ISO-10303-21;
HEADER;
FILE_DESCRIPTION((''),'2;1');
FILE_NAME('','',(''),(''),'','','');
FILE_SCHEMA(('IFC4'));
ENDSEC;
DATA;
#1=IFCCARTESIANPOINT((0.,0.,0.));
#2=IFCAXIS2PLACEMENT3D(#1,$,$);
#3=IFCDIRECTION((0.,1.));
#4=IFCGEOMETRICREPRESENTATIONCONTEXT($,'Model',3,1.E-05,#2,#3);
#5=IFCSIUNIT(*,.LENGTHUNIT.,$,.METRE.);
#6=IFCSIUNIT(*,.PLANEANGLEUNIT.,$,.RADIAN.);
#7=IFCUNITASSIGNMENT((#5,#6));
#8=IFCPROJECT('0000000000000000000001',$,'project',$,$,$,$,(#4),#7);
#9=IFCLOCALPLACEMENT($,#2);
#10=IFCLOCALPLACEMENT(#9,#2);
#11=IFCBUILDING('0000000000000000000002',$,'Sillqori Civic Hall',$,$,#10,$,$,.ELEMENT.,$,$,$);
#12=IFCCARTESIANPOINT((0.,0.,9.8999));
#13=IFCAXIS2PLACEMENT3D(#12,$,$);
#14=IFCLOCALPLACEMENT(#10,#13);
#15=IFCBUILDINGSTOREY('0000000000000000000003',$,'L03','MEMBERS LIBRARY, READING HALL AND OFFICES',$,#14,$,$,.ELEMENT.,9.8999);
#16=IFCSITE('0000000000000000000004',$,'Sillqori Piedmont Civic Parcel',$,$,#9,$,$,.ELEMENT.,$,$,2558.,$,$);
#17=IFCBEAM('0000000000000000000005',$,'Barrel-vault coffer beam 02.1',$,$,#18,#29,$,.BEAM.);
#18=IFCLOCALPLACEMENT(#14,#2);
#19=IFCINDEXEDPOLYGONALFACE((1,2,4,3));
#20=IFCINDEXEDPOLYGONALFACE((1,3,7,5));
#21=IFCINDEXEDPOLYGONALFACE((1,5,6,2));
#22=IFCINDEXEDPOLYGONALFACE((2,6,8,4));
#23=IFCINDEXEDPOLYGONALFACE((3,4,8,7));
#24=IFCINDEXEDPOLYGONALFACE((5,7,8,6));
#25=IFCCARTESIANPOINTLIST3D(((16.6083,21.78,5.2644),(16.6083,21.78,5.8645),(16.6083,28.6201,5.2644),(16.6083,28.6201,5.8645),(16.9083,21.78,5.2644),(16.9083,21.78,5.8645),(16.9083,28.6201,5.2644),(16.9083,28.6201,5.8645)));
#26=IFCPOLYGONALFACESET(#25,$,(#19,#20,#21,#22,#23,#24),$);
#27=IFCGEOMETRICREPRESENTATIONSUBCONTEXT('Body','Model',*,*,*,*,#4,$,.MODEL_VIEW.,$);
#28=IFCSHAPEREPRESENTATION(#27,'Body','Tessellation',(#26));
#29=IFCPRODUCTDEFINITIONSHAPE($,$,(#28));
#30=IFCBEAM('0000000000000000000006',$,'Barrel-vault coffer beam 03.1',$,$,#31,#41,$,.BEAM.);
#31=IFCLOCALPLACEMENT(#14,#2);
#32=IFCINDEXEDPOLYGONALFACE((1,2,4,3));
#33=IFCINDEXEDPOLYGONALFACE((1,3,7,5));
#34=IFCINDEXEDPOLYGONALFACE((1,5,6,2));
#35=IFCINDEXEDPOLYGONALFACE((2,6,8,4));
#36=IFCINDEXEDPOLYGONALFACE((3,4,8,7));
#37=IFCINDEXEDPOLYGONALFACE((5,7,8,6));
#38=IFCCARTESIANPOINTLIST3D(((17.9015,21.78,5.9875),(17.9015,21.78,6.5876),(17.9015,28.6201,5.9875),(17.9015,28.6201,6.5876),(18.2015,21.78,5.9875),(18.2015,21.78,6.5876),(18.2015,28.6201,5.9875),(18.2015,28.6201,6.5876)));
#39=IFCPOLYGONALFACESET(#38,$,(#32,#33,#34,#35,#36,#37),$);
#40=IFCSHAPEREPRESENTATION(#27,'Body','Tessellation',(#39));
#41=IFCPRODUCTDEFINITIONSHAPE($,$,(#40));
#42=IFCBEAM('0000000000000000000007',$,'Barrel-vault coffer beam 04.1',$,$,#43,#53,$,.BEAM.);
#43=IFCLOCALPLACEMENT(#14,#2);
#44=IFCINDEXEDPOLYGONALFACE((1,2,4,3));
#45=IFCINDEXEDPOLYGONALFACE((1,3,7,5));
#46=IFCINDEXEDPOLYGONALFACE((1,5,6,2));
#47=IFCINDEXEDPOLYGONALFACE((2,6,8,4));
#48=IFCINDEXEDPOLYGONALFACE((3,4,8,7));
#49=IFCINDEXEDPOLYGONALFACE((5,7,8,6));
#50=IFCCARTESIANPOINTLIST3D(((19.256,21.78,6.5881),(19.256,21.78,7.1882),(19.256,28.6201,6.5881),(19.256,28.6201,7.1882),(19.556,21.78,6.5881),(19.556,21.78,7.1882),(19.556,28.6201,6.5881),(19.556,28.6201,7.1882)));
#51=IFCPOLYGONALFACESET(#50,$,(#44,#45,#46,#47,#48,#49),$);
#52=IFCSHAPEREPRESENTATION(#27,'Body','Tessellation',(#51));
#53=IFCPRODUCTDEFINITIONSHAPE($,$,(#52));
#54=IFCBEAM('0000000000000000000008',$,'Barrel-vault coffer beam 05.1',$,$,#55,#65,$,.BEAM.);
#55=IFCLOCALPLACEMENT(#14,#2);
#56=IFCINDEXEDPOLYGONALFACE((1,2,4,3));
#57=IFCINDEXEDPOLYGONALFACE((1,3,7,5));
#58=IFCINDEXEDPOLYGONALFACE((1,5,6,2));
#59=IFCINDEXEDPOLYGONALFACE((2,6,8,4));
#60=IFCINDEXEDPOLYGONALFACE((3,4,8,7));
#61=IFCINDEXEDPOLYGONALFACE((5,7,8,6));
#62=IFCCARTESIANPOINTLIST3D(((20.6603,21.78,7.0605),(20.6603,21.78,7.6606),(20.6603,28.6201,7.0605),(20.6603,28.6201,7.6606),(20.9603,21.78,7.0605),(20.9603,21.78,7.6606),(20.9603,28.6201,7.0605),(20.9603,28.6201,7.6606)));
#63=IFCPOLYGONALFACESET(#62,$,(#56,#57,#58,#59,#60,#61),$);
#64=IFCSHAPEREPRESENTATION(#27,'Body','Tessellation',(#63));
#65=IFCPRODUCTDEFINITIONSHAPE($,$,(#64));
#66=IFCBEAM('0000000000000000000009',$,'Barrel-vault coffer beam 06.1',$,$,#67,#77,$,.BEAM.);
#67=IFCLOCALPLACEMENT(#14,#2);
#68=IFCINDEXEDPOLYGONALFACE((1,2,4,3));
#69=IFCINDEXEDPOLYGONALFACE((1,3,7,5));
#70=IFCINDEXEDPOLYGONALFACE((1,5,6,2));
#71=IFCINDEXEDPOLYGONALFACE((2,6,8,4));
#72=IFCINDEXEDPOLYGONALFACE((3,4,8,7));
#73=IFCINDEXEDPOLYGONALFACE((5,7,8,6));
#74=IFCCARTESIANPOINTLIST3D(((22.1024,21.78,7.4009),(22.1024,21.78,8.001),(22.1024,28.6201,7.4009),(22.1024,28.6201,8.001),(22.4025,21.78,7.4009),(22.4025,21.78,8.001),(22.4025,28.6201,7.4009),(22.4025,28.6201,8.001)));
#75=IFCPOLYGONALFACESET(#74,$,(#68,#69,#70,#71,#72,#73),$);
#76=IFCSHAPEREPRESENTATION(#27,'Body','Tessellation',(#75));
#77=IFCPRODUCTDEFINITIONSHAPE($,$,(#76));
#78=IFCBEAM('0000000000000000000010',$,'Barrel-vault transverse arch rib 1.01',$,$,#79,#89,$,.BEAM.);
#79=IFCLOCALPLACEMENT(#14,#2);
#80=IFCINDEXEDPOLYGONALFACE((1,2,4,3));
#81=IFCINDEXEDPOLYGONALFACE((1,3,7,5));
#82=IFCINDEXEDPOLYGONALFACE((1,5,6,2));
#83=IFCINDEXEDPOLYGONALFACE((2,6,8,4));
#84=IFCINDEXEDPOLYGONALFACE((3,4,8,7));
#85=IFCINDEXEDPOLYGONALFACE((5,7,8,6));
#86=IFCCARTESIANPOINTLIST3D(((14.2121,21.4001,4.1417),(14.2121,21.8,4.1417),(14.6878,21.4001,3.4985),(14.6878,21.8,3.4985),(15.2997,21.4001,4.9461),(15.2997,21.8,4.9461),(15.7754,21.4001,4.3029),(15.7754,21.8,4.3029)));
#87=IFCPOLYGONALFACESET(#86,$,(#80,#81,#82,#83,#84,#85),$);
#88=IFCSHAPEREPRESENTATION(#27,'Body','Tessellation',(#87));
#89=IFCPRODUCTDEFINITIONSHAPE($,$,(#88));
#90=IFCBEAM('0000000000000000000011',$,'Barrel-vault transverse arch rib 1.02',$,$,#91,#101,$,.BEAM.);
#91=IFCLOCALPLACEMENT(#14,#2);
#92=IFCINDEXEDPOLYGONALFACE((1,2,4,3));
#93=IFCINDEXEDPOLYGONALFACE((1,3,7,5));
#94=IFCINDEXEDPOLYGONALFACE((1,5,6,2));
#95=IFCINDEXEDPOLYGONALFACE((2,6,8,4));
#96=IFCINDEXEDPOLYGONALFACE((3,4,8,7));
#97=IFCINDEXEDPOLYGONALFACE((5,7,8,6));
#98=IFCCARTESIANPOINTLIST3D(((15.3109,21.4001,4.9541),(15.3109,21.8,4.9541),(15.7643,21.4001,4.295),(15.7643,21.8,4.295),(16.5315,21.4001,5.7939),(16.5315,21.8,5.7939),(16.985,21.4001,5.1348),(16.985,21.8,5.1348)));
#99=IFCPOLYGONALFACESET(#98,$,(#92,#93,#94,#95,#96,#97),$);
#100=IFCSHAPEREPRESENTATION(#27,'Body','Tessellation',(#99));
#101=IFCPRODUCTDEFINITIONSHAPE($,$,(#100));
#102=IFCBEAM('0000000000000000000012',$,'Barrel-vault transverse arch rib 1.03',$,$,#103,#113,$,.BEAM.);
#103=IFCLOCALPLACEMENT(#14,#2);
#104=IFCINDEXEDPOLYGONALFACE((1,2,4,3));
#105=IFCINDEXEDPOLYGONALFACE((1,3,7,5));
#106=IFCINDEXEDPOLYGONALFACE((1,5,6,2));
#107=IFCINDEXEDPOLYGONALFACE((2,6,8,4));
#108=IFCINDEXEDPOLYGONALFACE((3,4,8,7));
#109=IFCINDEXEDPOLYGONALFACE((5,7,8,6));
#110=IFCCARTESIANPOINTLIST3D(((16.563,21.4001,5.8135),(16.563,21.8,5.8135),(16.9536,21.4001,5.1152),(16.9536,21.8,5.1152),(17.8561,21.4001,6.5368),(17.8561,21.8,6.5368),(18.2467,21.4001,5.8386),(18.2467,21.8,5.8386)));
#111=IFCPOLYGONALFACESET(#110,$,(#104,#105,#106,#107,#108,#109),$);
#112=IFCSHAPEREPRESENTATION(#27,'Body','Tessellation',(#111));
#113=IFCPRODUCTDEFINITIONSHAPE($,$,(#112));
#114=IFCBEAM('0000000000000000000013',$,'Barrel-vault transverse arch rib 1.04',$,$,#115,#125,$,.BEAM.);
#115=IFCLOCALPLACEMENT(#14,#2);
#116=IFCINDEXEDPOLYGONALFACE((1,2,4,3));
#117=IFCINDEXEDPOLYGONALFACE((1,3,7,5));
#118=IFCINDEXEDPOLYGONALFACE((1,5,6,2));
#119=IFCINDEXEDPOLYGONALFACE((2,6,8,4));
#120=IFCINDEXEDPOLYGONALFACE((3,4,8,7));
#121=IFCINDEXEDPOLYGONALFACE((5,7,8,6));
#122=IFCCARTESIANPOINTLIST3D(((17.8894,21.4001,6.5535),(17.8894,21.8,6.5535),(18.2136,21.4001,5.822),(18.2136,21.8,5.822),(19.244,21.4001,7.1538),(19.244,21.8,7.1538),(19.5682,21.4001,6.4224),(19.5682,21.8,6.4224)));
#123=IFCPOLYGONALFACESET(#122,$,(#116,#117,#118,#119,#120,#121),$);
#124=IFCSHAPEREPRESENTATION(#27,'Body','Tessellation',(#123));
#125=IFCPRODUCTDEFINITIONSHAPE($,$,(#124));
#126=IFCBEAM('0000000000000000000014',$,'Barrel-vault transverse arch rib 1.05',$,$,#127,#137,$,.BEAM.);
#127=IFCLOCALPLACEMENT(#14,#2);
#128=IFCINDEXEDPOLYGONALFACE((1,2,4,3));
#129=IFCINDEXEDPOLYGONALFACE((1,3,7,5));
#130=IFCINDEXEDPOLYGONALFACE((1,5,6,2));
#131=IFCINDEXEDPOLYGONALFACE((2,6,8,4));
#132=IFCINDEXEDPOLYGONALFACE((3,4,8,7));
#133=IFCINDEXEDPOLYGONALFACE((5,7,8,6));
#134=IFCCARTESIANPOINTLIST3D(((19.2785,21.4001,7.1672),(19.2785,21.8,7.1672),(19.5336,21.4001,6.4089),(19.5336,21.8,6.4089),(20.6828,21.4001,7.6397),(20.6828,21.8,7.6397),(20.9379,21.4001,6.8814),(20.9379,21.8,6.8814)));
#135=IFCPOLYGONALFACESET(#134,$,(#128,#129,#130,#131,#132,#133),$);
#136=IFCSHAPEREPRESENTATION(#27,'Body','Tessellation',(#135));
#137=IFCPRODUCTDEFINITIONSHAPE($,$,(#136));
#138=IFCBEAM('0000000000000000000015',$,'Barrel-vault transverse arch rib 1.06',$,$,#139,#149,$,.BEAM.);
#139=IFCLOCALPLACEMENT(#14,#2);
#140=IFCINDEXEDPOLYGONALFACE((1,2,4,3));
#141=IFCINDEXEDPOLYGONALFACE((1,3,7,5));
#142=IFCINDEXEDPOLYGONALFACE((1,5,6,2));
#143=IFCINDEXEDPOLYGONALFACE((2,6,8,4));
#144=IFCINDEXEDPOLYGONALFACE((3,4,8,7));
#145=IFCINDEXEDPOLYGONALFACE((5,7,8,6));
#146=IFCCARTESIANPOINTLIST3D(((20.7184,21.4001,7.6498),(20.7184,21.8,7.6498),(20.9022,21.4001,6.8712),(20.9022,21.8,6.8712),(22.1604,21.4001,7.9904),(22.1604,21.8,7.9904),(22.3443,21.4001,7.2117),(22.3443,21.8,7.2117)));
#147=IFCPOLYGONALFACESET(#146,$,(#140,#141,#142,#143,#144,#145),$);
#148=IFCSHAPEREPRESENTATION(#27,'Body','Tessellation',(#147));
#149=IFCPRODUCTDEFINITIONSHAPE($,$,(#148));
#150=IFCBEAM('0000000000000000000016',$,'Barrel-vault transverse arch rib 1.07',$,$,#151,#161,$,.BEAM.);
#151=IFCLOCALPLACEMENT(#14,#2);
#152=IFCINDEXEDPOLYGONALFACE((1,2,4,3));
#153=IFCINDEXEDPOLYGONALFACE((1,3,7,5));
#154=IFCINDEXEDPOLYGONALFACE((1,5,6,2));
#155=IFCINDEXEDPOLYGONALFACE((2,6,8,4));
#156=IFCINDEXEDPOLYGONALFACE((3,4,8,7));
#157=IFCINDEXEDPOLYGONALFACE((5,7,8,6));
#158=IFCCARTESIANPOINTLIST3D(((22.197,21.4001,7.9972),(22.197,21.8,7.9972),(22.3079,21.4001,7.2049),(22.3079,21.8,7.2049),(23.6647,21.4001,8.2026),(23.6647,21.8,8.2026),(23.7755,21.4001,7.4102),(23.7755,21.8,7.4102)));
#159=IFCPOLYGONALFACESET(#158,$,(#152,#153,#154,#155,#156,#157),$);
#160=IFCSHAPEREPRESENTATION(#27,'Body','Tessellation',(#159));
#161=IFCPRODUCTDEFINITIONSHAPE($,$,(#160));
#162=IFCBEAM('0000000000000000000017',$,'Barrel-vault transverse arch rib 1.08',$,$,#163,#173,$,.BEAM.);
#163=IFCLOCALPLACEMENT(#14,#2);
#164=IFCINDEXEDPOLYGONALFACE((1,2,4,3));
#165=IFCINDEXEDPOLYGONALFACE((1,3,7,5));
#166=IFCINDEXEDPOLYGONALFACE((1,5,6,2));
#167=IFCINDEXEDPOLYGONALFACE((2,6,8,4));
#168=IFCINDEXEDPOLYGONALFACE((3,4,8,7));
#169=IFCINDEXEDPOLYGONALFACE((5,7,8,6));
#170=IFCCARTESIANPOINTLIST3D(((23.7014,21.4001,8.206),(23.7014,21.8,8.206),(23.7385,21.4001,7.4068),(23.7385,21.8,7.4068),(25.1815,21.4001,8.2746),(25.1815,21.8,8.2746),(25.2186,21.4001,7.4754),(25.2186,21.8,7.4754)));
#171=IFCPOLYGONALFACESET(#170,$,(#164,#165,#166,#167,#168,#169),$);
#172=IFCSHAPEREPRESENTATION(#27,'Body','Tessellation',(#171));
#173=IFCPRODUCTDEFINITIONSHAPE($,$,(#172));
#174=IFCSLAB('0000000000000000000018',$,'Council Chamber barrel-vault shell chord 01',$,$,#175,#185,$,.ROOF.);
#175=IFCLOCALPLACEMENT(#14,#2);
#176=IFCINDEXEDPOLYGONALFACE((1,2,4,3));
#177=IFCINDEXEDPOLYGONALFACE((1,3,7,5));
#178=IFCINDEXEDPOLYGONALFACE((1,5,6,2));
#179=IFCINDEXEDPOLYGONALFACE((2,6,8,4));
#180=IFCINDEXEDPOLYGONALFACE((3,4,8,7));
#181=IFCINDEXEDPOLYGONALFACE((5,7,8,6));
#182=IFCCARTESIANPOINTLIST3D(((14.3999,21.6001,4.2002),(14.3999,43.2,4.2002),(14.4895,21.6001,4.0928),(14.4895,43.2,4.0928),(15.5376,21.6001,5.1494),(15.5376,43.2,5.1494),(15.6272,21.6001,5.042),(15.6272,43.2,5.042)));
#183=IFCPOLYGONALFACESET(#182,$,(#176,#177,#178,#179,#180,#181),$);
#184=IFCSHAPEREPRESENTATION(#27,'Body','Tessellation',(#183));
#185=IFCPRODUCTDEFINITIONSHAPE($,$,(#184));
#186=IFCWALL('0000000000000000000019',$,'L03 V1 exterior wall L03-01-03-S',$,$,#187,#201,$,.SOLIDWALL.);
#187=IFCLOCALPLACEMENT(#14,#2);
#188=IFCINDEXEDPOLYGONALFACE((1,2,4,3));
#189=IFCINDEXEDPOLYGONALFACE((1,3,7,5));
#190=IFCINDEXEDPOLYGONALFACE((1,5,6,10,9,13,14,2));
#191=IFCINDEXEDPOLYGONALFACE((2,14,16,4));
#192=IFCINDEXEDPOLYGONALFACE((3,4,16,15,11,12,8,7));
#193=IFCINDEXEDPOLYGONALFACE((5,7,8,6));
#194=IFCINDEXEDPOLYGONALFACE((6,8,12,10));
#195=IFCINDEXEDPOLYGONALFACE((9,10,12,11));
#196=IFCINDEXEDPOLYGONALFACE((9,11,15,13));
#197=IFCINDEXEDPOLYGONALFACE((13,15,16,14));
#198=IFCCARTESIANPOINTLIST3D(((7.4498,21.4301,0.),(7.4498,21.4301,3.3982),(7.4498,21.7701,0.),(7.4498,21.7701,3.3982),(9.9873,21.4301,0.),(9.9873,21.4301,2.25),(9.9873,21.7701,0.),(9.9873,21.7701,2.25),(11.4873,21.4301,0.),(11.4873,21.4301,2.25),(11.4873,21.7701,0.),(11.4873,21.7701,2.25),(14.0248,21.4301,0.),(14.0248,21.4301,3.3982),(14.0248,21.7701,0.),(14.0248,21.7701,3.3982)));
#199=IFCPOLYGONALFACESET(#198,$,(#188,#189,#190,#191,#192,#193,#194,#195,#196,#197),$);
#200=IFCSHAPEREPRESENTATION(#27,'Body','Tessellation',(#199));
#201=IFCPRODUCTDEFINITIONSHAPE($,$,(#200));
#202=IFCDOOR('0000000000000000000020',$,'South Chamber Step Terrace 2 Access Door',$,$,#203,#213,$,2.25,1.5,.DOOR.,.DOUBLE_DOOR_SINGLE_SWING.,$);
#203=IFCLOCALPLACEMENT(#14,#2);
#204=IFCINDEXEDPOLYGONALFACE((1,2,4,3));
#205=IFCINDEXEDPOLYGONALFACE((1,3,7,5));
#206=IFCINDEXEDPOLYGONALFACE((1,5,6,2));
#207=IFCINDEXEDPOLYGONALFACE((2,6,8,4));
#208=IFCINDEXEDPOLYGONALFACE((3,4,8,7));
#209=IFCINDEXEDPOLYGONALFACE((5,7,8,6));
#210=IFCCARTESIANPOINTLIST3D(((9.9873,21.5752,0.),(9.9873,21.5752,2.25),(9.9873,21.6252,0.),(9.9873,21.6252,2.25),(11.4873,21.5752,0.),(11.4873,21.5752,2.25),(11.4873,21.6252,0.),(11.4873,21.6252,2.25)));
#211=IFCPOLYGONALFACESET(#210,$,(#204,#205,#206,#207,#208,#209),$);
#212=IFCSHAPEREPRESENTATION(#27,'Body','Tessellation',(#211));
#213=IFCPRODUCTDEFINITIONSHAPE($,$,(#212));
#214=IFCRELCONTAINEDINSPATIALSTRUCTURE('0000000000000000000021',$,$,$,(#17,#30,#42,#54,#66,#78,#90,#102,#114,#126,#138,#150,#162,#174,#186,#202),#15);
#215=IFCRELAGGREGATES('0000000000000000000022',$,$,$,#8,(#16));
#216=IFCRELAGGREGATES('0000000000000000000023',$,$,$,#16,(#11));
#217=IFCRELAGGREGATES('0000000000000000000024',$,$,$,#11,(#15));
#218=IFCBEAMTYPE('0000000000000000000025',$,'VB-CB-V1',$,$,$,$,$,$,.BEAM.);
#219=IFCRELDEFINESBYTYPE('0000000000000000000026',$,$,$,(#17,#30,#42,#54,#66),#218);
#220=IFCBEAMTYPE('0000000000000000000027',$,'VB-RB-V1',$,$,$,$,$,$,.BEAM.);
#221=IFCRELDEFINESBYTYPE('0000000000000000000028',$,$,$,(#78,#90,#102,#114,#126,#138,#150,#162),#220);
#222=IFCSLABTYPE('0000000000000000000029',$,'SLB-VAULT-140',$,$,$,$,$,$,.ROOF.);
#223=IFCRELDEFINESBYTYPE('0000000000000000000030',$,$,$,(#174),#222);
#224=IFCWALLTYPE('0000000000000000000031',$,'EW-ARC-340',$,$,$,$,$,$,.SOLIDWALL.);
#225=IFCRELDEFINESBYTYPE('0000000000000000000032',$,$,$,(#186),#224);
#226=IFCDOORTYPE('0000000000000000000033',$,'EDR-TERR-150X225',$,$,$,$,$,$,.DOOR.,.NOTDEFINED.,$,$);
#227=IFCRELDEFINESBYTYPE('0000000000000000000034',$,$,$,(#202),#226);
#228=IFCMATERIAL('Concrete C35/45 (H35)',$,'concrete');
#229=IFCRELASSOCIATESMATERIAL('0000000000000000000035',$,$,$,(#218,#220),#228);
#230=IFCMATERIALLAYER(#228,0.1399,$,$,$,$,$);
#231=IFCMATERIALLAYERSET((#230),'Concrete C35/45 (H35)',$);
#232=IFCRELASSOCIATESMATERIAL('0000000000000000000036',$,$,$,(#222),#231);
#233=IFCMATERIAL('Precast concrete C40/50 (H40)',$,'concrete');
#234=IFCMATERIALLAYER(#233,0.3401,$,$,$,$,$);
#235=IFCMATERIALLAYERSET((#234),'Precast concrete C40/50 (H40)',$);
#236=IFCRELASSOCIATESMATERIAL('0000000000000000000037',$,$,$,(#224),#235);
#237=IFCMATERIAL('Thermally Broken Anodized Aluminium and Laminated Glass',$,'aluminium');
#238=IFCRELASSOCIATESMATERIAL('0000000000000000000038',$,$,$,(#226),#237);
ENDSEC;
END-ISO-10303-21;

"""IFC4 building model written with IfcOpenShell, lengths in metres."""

from ifc_helpers import new_model, si_unit, direction, frame, frame_2d, origin, origin_2d, place, context, subcontext, project, spatial, polyline, rectangle, outline, extrude, material, layer, layer_set, material_profile, profile_set, type_object, element, fill, save


model = new_model("IFC4")

# Units and contexts
model_context = context("Model", 3, precision=1e-05, world=origin(), true_north=direction((0.0, 1.0)))
body_context = subcontext(model_context, "Body", "Model", "MODEL_VIEW")
ifc_project = project(units=[si_unit("LENGTHUNIT", "METRE"), si_unit("PLANEANGLEUNIT", "RADIAN")], contexts=[model_context])

# Site, building, storey
site_placement = place(None, origin())
site = spatial("IfcSite", under=ifc_project, at=site_placement, Name="Sillqori Piedmont Civic Parcel", CompositionType="ELEMENT", RefElevation=2558.0)
building_placement = place(site_placement, origin())
building = spatial("IfcBuilding", under=site, at=building_placement, Name="Sillqori Civic Hall", CompositionType="ELEMENT")
storey_placement = place(building_placement, frame((0.0, 0.0, 9.8999)))
storey = spatial("IfcBuildingStorey", under=building, at=storey_placement, Name="L03", Description="MEMBERS LIBRARY, READING HALL AND OFFICES", CompositionType="ELEMENT", Elevation=9.8999)

# Shared definitions
ifc_material_1 = material(Name="Concrete C35/45 (H35)", Category="concrete")

# Beams
ifc_material_profile_1 = material_profile(ifc_material_1, rectangle(XDim=0.3, YDim=0.6001, at=origin_2d()), Name="RC 300x600")
ifc_profile_set_1 = profile_set([ifc_material_profile_1], Name="Concrete C35/45 (H35)")
beam_type_1 = type_object("IfcBeamType", Name="VB-CB-V1", PredefinedType="BEAM", material=ifc_profile_set_1)
for number, where, z_axis, x_axis, name in (
    (1, (16.7583, 21.78, 5.5645), (0.0, 1.0, 0.0), (-1.0, 0.0, 0.0), "Barrel-vault coffer beam 02.1"),
    (2, (18.0515, 21.78, 6.2876), (0.0, 1.0, 0.0), (-1.0, 0.0, 0.0), "Barrel-vault coffer beam 03.1"),
    (3, (19.406, 21.78, 6.8882), (0.0, 1.0, 0.0), (-1.0, 0.0, 0.0), "Barrel-vault coffer beam 04.1"),
    (4, (20.8103, 21.78, 7.3606), (0.0, 1.0, 0.0), (-1.0, 0.0, 0.0), "Barrel-vault coffer beam 05.1"),
    (5, (22.2524, 21.78, 7.7009), (0.0, 1.0, 0.0), (-1.0, 0.0, 0.0), "Barrel-vault coffer beam 06.1"),
):
    element("IfcBeam", number, at=place(storey_placement, frame(where, z_axis=z_axis, x_axis=x_axis)), inside=storey, type_object=beam_type_1, Name=name, PredefinedType="BEAM", context=body_context, shape_type="SweptSolid", body=[
        extrude(rectangle(XDim=0.3, YDim=0.6001, at=origin_2d()), origin(), (0.0, 0.0, 1.0), 6.8401),
    ])
ifc_material_profile_2 = material_profile(ifc_material_1, rectangle(XDim=0.3999, YDim=0.8, at=origin_2d()), Name="RC 400x800")
ifc_profile_set_2 = profile_set([ifc_material_profile_2], Name="Concrete C35/45 (H35)")
beam_type_2 = type_object("IfcBeamType", Name="VB-RB-V1", PredefinedType="BEAM", material=ifc_profile_set_2)
beam_1_placement = place(storey_placement, frame((14.45, 21.6001, 3.8201), z_axis=(0.803989, 0.0, 0.594645), x_axis=(0.0, 1.0, 0.0)))
element("IfcBeam", 6, at=beam_1_placement, inside=storey, type_object=beam_type_2, Name="Barrel-vault transverse arch rib 1.01", PredefinedType="BEAM", context=body_context, shape_type="SweptSolid", body=[
    extrude(rectangle(XDim=0.3999, YDim=0.8, at=origin_2d()), origin(), (0.0, 0.0, 1.0), 1.3528),
])
for number, where, z_axis, x_axis, name in (
    (7, (15.5376, 21.6001, 4.6245), (0.82385, 0.0, 0.566809), (0.0, 1.0, 0.0), "Barrel-vault transverse arch rib 1.02"),
    (8, (16.7583, 21.6001, 5.4644), (0.872739, 0.0, 0.488187), (0.0, 1.0, 0.0), "Barrel-vault transverse arch rib 1.03"),
    (9, (18.0515, 21.6001, 6.1877), (0.914226, 0.0, 0.405206), (0.0, 1.0, 0.0), "Barrel-vault transverse arch rib 1.04"),
    (10, (19.406, 21.6001, 6.7881), (0.947806, 0.0, 0.318847), (0.0, 1.0, 0.0), "Barrel-vault transverse arch rib 1.05"),
    (11, (20.8103, 21.6001, 7.2605), (0.973229, 0.0, 0.229838), (0.0, 1.0, 0.0), "Barrel-vault transverse arch rib 1.06"),
):
    element("IfcBeam", number, at=place(storey_placement, frame(where, z_axis=z_axis, x_axis=x_axis)), inside=storey, type_object=beam_type_2, Name=name, PredefinedType="BEAM", context=body_context, shape_type="SweptSolid", body=[
        extrude(rectangle(XDim=0.3999, YDim=0.8, at=origin_2d()), origin(), (0.0, 0.0, 1.0), 1.4817),
    ])
beam_2_placement = place(storey_placement, frame((22.2524, 21.6001, 7.6011), z_axis=(0.990354, 0.0, 0.138561), x_axis=(0.0, 1.0, 0.0)))
element("IfcBeam", 12, at=beam_2_placement, inside=storey, type_object=beam_type_2, Name="Barrel-vault transverse arch rib 1.07", PredefinedType="BEAM", context=body_context, shape_type="SweptSolid", body=[
    extrude(rectangle(XDim=0.3999, YDim=0.8, at=origin_2d()), origin(), (0.0, 0.0, 1.0), 1.4819),
])
beam_3_placement = place(storey_placement, frame((23.72, 21.6001, 7.8064), z_axis=(0.998927, 0.0, 0.046305), x_axis=(0.0, 1.0, 0.0)))
element("IfcBeam", 13, at=beam_3_placement, inside=storey, type_object=beam_type_2, Name="Barrel-vault transverse arch rib 1.08", PredefinedType="BEAM", context=body_context, shape_type="SweptSolid", body=[
    extrude(rectangle(XDim=0.3999, YDim=0.8, at=origin_2d()), origin(), (0.0, 0.0, 1.0), 1.4817),
])

# Slab
ifc_layer_1 = layer(ifc_material_1, 0.1399)
ifc_layer_set_1 = layer_set([ifc_layer_1], Name="Concrete C35/45 (H35)")
slab_type = type_object("IfcSlabType", Name="SLB-VAULT-140", PredefinedType="ROOF", material=ifc_layer_set_1)
slab_placement = place(storey_placement, frame((14.3999, 21.6001, 4.2002), z_axis=(-0.640638, 0.0, 0.767843), x_axis=(0.767843, 0.0, 0.640638)))
element("IfcSlab", 14, at=slab_placement, inside=storey, type_object=slab_type, Name="Council Chamber barrel-vault shell chord 01", PredefinedType="ROOF", context=body_context, shape_type="SweptSolid", body=[
    extrude(outline(polyline([(0.0, 0.0), (1.4817, 0.0), (1.4817, 21.5999), (0.0, 21.5999), (0.0, 0.0)])), origin(), (0.0, 0.0, -1.0), 0.1399),
])

# Wall, opening, door
ifc_material_2 = material(Name="Precast concrete C40/50 (H40)", Category="concrete")
ifc_layer_2 = layer(ifc_material_2, 0.3401)
ifc_layer_set_2 = layer_set([ifc_layer_2], Name="Precast concrete C40/50 (H40)")
wall_type = type_object("IfcWallType", Name="EW-ARC-340", PredefinedType="SOLIDWALL", material=ifc_layer_set_2)
wall_placement = place(storey_placement, frame((14.0249, 21.6001, 0.0), z_axis=(0.0, 0.0, 1.0), x_axis=(-1.0, 0.0, 0.0)))
wall = element("IfcWall", 15, at=wall_placement, inside=storey, type_object=wall_type, Name="L03 V1 exterior wall L03-01-03-S", PredefinedType="SOLIDWALL", context=body_context, shape_type="SweptSolid", body=[
    extrude(rectangle(XDim=6.575, YDim=0.3401, at=frame_2d((3.2876, 0.0))), origin(), (0.0, 0.0, 1.0), 3.3982),
])
opening_placement = place(wall_placement, frame((2.5376, 0.0, 0.0)))
opening = element("IfcOpeningElement", 16, at=opening_placement, cuts=wall, PredefinedType="OPENING", context=body_context, shape_type="SweptSolid", body=[
    extrude(rectangle(XDim=1.5, YDim=2.25, at=frame_2d((0.75, 1.125))), frame((0.0, 0.1799, 0.0), z_axis=(0.0, -1.0, 0.0), x_axis=(1.0, 0.0, 0.0)), (0.0, 0.0, 1.0), 0.3601),
])
ifc_material_3 = material(Name="Thermally Broken Anodized Aluminium and Laminated Glass", Category="aluminium")
door_type = type_object("IfcDoorType", Name="EDR-TERR-150X225", OperationType="NOTDEFINED", PredefinedType="DOOR", material=ifc_material_3)
door_placement = place(opening_placement, origin())
door = element("IfcDoor", 17, at=door_placement, inside=storey, type_object=door_type, Name="South Chamber Step Terrace 2 Access Door", OperationType="DOUBLE_DOOR_SINGLE_SWING", OverallHeight=2.25, OverallWidth=1.5, PredefinedType="DOOR", context=body_context, shape_type="SweptSolid", body=[
    extrude(rectangle(XDim=1.5, YDim=2.25, at=frame_2d((0.75, 1.125))), frame((0.0, 0.0249, 0.0), z_axis=(0.0, -1.0, 0.0), x_axis=(1.0, 0.0, 0.0)), (0.0, 0.0, 1.0), 0.05),
])
fill(opening, door)

save(model, "model.ifc")
